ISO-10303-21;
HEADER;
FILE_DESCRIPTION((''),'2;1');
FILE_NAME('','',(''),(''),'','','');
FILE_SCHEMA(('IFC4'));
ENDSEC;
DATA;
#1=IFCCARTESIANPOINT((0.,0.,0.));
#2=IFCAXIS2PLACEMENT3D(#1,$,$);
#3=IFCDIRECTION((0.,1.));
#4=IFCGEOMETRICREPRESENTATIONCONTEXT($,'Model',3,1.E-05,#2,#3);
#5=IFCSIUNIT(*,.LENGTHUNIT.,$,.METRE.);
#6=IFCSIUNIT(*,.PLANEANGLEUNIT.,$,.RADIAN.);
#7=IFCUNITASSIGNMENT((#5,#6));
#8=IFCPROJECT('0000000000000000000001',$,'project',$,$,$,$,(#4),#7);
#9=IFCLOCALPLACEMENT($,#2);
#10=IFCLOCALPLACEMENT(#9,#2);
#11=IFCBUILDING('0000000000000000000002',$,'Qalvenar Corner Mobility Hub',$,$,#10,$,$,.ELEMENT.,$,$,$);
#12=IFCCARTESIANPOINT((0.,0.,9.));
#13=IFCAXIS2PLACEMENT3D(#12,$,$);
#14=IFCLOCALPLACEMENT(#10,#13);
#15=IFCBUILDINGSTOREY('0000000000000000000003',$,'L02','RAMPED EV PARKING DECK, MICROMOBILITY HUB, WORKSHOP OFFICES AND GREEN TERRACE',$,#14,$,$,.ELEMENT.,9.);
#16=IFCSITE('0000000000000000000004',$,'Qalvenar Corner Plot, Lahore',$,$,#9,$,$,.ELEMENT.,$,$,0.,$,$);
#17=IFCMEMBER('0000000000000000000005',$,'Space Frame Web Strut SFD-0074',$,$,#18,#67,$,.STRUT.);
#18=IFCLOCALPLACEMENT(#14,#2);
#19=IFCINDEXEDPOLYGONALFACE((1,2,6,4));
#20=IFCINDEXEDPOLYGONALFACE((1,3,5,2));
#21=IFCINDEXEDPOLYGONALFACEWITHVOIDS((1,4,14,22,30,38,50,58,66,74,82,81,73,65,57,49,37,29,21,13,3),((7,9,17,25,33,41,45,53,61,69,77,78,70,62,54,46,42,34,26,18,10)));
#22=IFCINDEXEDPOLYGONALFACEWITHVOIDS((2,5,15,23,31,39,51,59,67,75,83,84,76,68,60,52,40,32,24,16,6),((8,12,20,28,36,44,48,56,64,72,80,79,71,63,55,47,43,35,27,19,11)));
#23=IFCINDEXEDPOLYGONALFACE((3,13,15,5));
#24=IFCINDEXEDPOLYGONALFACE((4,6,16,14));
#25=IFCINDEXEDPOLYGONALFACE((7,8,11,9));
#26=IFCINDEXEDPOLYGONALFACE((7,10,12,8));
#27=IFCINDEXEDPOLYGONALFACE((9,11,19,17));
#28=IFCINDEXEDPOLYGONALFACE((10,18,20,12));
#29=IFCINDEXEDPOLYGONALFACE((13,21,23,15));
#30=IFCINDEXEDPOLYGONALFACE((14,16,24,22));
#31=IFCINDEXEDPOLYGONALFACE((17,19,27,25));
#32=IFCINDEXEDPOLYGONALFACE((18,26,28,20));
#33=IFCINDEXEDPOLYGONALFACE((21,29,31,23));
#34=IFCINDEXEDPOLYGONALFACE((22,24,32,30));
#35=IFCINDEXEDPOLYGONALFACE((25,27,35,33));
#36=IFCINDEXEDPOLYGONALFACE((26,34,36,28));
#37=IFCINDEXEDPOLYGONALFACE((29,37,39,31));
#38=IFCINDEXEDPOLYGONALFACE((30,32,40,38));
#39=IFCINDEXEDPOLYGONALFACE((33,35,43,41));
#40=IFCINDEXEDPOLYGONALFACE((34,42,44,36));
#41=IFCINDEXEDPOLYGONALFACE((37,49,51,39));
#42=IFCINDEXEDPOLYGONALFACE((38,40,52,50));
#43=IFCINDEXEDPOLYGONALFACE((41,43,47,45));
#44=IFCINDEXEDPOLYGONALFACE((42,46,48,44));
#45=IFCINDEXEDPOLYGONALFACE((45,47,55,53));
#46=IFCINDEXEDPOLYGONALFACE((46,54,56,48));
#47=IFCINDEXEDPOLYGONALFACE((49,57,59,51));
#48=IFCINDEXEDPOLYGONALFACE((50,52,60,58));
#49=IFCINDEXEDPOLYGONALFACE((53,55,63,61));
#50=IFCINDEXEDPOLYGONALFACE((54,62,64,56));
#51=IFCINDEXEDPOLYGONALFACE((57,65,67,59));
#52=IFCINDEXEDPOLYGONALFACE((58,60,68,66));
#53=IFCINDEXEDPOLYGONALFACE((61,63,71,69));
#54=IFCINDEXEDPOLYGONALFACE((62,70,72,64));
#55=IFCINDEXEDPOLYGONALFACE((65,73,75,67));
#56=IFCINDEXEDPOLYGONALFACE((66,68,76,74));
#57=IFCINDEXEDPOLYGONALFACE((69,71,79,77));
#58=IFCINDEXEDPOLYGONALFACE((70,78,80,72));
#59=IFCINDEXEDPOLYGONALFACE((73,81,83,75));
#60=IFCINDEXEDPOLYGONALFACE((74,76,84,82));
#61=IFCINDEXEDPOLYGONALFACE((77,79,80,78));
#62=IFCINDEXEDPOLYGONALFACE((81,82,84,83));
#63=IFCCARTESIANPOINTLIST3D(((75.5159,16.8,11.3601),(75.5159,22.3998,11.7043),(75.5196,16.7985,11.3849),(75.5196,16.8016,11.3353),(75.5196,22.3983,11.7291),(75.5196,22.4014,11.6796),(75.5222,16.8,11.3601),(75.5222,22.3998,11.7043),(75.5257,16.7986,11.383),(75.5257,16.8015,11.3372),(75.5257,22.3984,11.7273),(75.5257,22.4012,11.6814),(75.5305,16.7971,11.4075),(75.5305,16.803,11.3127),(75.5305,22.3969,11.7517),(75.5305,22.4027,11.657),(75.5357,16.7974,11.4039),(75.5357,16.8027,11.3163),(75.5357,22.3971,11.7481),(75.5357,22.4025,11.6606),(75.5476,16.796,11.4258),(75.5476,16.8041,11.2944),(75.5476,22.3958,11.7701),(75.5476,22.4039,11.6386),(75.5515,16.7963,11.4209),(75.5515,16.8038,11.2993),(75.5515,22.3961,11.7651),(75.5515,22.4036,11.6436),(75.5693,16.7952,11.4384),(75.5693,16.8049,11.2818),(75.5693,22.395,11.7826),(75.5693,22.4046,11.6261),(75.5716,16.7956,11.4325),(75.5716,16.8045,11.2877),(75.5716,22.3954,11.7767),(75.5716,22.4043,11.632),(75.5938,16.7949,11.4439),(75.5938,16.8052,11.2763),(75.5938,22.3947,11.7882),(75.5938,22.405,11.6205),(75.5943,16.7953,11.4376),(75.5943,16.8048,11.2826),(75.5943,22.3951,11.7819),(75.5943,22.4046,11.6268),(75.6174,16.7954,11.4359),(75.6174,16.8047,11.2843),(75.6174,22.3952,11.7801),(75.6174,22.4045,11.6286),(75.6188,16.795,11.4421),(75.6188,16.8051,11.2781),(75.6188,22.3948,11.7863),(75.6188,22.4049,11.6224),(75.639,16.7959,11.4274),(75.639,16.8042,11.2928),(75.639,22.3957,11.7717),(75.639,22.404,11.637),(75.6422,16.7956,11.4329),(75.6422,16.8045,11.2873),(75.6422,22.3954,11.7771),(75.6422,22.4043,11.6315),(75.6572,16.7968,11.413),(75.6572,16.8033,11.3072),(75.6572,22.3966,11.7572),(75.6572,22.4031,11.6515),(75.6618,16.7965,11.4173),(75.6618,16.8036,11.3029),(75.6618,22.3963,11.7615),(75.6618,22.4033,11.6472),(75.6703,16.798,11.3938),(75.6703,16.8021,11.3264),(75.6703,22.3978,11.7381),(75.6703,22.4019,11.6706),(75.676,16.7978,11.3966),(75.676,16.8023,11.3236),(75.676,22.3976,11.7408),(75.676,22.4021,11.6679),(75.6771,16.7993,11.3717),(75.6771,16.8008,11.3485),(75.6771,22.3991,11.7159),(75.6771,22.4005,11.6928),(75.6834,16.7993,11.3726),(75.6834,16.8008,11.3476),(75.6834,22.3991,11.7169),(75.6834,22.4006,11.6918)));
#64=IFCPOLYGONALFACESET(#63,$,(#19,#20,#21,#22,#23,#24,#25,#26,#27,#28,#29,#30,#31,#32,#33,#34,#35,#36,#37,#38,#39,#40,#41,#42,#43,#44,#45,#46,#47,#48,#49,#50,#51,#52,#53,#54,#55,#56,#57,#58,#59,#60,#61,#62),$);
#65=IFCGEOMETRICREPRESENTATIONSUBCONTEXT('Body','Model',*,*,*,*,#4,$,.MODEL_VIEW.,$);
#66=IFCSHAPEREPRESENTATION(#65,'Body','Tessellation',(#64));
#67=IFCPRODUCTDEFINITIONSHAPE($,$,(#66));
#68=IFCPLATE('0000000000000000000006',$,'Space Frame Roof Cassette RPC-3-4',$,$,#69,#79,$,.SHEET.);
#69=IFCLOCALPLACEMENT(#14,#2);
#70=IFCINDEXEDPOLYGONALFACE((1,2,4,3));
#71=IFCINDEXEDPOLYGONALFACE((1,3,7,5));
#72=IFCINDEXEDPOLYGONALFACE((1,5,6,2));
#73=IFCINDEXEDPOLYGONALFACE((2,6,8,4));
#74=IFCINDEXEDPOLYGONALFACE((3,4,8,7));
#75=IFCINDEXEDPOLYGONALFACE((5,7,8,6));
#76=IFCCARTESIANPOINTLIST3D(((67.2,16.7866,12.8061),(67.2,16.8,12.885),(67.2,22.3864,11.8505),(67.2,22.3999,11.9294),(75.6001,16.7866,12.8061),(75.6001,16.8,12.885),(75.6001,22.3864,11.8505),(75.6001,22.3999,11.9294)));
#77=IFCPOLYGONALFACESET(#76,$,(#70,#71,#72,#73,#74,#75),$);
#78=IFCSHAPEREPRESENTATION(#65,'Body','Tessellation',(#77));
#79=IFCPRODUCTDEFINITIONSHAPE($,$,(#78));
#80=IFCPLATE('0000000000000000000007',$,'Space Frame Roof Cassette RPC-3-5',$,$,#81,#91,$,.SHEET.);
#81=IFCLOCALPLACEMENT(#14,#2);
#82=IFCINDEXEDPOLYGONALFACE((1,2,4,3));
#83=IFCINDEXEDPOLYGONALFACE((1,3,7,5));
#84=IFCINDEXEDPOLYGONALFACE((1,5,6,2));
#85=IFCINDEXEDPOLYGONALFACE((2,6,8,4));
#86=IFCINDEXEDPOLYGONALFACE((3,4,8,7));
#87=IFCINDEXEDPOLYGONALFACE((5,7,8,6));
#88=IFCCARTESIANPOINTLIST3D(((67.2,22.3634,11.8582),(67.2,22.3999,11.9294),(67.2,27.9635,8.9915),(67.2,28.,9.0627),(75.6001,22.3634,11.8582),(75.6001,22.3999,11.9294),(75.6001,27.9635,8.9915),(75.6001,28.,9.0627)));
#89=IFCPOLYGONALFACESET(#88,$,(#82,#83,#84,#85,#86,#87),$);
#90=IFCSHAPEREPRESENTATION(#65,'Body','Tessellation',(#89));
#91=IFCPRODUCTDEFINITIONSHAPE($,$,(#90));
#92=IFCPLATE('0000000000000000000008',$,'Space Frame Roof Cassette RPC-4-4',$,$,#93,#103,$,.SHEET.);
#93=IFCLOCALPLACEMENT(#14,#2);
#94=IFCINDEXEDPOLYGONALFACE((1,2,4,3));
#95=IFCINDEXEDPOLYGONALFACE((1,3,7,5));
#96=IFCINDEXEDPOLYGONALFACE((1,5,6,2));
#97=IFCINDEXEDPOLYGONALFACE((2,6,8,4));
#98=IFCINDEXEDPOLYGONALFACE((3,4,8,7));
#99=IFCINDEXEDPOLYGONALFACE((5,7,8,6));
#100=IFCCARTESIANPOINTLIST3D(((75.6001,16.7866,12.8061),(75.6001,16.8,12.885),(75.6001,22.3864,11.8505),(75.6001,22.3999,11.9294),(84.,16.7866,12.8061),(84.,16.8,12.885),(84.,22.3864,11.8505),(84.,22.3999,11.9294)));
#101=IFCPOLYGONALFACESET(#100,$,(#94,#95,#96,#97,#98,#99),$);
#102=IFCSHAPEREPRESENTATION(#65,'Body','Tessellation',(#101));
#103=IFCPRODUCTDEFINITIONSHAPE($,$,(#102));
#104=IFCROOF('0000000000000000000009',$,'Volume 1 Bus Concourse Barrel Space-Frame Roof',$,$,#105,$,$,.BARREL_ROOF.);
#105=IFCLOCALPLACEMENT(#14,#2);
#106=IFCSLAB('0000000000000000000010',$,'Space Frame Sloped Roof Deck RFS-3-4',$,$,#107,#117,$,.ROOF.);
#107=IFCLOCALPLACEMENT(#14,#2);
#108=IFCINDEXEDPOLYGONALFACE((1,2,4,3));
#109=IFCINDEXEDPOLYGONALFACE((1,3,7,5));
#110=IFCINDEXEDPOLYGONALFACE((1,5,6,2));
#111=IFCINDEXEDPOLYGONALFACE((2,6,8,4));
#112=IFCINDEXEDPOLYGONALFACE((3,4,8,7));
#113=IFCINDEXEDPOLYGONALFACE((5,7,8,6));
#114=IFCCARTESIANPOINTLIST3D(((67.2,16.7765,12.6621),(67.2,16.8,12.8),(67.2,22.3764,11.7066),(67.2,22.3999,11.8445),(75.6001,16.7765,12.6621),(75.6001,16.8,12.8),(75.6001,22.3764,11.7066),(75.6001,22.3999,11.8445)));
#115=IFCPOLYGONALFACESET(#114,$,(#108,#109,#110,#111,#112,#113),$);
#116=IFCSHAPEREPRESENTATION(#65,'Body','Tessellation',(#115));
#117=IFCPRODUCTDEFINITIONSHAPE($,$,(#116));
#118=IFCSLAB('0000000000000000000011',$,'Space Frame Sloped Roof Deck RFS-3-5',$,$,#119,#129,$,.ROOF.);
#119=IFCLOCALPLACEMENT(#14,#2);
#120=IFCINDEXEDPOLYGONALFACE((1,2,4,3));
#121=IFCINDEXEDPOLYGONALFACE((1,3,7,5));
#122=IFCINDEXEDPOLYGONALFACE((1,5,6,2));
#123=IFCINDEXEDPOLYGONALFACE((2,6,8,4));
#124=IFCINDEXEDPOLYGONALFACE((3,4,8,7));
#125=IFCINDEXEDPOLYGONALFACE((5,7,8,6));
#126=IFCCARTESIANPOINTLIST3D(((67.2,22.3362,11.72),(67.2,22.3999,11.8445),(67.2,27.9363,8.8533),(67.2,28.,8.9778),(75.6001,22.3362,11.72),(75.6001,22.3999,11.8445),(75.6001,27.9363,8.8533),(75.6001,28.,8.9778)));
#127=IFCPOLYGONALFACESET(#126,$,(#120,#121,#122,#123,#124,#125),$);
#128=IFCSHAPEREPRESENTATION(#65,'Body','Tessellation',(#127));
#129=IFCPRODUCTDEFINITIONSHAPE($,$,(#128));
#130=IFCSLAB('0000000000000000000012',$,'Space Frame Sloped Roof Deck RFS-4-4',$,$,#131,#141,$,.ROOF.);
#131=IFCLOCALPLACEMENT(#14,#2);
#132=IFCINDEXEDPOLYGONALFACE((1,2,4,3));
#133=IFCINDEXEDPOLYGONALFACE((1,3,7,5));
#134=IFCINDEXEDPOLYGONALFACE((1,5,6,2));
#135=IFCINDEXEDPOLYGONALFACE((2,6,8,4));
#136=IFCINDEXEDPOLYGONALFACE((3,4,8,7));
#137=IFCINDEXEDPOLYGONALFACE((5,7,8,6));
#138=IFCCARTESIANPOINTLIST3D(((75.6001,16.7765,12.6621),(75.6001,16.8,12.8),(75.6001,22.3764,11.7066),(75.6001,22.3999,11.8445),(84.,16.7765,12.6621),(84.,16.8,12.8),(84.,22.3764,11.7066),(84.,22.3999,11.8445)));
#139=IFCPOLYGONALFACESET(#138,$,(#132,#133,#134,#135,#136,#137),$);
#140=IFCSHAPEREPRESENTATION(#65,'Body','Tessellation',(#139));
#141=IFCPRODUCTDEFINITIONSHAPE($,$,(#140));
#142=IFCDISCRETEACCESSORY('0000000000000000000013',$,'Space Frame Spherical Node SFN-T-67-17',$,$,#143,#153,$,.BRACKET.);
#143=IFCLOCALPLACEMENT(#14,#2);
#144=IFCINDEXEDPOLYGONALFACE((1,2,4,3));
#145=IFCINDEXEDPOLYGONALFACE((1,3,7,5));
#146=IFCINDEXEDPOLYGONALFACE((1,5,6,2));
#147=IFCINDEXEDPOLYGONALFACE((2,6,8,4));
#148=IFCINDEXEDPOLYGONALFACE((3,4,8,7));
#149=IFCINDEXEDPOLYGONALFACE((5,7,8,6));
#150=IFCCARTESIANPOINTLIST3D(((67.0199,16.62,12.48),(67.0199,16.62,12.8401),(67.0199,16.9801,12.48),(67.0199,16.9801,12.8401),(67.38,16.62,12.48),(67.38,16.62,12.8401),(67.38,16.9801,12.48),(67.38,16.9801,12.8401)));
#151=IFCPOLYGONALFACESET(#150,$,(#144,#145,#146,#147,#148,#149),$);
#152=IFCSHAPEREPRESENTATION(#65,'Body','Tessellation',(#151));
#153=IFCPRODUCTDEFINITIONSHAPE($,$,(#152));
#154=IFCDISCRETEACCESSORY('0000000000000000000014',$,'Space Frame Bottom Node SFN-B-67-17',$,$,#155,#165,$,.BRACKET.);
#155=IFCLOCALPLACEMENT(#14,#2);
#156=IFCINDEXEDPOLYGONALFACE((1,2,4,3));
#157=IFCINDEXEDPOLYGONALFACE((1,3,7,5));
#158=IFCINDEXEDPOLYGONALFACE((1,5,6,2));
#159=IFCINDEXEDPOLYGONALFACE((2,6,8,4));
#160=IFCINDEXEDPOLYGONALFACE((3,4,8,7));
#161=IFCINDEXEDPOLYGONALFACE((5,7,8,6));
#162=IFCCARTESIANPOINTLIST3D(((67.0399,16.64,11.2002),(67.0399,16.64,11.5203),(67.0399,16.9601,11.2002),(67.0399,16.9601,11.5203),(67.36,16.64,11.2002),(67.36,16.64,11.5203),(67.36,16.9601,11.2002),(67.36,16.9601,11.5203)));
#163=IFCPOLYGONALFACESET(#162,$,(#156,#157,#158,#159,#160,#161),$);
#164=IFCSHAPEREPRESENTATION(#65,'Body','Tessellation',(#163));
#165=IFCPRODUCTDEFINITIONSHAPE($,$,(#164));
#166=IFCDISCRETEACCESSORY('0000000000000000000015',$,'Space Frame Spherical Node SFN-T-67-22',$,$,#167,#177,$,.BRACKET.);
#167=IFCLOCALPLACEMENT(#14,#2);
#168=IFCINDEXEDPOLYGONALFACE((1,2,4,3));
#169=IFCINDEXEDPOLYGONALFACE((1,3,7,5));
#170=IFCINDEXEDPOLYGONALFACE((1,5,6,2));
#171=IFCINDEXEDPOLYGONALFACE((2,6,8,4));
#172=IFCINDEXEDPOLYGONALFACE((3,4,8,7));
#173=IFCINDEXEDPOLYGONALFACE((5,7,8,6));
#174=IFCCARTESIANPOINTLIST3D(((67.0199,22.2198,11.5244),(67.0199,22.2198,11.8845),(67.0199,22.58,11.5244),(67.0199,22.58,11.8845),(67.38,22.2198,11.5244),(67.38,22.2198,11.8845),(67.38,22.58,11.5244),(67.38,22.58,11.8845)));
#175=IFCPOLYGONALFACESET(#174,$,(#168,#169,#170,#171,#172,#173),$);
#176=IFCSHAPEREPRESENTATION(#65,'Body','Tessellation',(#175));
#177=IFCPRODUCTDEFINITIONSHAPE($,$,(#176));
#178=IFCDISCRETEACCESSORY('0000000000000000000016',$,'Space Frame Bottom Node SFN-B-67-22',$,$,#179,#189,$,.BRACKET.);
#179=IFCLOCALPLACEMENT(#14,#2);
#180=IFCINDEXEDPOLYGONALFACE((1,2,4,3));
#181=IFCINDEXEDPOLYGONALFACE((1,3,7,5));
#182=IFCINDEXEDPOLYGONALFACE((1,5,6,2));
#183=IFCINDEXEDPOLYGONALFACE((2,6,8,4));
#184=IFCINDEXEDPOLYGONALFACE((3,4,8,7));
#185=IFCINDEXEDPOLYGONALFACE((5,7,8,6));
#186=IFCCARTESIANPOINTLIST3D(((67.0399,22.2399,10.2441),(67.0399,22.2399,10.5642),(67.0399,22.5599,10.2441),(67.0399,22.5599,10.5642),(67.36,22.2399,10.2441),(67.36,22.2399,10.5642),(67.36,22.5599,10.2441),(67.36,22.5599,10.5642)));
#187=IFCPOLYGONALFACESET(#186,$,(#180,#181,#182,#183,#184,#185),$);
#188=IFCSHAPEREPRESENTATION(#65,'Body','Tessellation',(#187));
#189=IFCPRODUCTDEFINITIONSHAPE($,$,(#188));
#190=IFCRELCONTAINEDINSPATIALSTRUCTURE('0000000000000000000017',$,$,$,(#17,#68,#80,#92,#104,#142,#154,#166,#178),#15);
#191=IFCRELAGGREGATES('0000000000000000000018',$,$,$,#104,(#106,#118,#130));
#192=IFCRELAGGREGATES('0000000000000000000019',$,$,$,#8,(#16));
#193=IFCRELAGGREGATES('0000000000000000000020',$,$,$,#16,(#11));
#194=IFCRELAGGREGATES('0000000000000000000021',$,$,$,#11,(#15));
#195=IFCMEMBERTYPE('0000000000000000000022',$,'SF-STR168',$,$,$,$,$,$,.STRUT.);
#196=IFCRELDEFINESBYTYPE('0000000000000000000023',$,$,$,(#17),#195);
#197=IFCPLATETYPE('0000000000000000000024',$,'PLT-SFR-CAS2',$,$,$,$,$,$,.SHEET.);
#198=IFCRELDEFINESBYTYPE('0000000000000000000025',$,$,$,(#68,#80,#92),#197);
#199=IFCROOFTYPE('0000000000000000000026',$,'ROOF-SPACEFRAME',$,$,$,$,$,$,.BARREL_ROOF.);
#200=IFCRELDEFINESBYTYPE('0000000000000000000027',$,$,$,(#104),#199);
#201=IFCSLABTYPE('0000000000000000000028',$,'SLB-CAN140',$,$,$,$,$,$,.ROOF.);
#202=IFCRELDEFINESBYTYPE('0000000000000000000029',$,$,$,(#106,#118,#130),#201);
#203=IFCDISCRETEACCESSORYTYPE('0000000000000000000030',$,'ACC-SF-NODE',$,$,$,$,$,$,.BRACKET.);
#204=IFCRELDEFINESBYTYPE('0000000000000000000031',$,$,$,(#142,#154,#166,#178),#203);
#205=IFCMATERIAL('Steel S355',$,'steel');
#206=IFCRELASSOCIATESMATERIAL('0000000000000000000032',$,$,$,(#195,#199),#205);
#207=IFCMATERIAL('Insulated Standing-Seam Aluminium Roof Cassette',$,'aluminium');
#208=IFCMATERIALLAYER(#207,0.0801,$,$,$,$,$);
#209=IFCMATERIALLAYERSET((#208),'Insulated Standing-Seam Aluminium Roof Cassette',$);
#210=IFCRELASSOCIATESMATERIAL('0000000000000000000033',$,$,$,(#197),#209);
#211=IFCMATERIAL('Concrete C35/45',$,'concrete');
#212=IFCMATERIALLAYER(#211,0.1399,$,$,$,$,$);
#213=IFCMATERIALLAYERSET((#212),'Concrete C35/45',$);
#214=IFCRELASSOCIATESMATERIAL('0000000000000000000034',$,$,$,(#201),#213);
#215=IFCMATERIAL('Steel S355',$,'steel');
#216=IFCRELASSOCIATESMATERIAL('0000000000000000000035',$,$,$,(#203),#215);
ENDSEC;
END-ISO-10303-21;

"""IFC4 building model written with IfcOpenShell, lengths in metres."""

from ifc_helpers import new_model, si_unit, direction, frame, origin, origin_2d, place, context, subcontext, project, spatial, polyline, rectangle, hollow_circle, outline, extrude, material, layer, layer_set, material_profile, profile_set, type_object, element, aggregate, save


model = new_model("IFC4")

# Units and contexts
model_context = context("Model", 3, precision=1e-05, world=origin(), true_north=direction((0.0, 1.0)))
body_context = subcontext(model_context, "Body", "Model", "MODEL_VIEW")
ifc_project = project(units=[si_unit("LENGTHUNIT", "METRE"), si_unit("PLANEANGLEUNIT", "RADIAN")], contexts=[model_context])

# Site, building, storey
site_placement = place(None, origin())
site = spatial("IfcSite", under=ifc_project, at=site_placement, Name="Qalvenar Corner Plot, Lahore", CompositionType="ELEMENT", RefElevation=0.0)
building_placement = place(site_placement, origin())
building = spatial("IfcBuilding", under=site, at=building_placement, Name="Qalvenar Corner Mobility Hub", CompositionType="ELEMENT")
storey_placement = place(building_placement, frame((0.0, 0.0, 9.0)))
storey = spatial("IfcBuildingStorey", under=building, at=storey_placement, Name="L02", Description="RAMPED EV PARKING DECK, MICROMOBILITY HUB, WORKSHOP OFFICES AND GREEN TERRACE", CompositionType="ELEMENT", Elevation=9.0)

# Member
ifc_material_1 = material(Name="Steel S355", Category="steel")
ifc_material_profile_1 = material_profile(ifc_material_1, hollow_circle(Radius=0.0842, WallThickness=0.0063, at=origin_2d()), Name="CHS168.3x6.3")
ifc_profile_set_1 = profile_set([ifc_material_profile_1], Name="Steel S355")
member_type_1 = type_object("IfcMemberType", Name="SF-STR168", PredefinedType="STRUT", material=ifc_profile_set_1)
member_1_placement = place(storey_placement, frame((75.6001, 16.8, 11.3601), z_axis=(0.0, 0.998116, 0.061357), x_axis=(-1.0, 0.0, 0.0)))
element("IfcMember", 1, at=member_1_placement, inside=storey, type_object=member_type_1, Name="Space Frame Web Strut SFD-0074", PredefinedType="STRUT", context=body_context, shape_type="SweptSolid", body=[
    extrude(hollow_circle(Radius=0.0842, WallThickness=0.0063, at=origin_2d()), origin(), (0.0, 0.0, 1.0), 5.6104),
])

# Plates
ifc_material_2 = material(Name="Insulated Standing-Seam Aluminium Roof Cassette", Category="aluminium")
ifc_layer_1 = layer(ifc_material_2, 0.0801)
ifc_layer_set_1 = layer_set([ifc_layer_1], Name="Insulated Standing-Seam Aluminium Roof Cassette")
plate_type = type_object("IfcPlateType", Name="PLT-SFR-CAS2", PredefinedType="SHEET", material=ifc_layer_set_1)
plate_1_placement = place(storey_placement, frame((67.2, 16.8, 12.885), z_axis=(0.0, 0.16821, 0.985751), x_axis=(1.0, 0.0, 0.0)))
element("IfcPlate", 2, at=plate_1_placement, inside=storey, type_object=plate_type, Name="Space Frame Roof Cassette RPC-3-4", PredefinedType="SHEET", context=body_context, shape_type="SweptSolid", body=[
    extrude(outline(polyline([(0.0, 0.0), (8.4001, 0.0), (8.4001, 5.6808), (0.0, 5.6808), (0.0, 0.0)])), origin(), (0.0, 0.0, -1.0), 0.0801),
])
plate_2_placement = place(storey_placement, frame((67.2, 22.3999, 11.9294), z_axis=(0.0, 0.455669, 0.890149), x_axis=(1.0, 0.0, 0.0)))
element("IfcPlate", 3, at=plate_2_placement, inside=storey, type_object=plate_type, Name="Space Frame Roof Cassette RPC-3-5", PredefinedType="SHEET", context=body_context, shape_type="SweptSolid", body=[
    extrude(outline(polyline([(0.0, 0.0), (8.4001, 0.0), (8.4001, 6.2912), (0.0, 6.2912), (0.0, 0.0)])), origin(), (0.0, 0.0, -1.0), 0.0801),
])
plate_3_placement = place(storey_placement, frame((75.6001, 16.8, 12.885), z_axis=(0.0, 0.16821, 0.985751), x_axis=(1.0, 0.0, 0.0)))
element("IfcPlate", 4, at=plate_3_placement, inside=storey, type_object=plate_type, Name="Space Frame Roof Cassette RPC-4-4", PredefinedType="SHEET", context=body_context, shape_type="SweptSolid", body=[
    extrude(outline(polyline([(0.0, 0.0), (8.3999, 0.0), (8.3999, 5.6808), (0.0, 5.6808), (0.0, 0.0)])), origin(), (0.0, 0.0, -1.0), 0.0801),
])

# Roof, slabs
roof_type = type_object("IfcRoofType", Name="ROOF-SPACEFRAME", PredefinedType="BARREL_ROOF", material=ifc_material_1)
roof_placement = place(storey_placement, origin())
roof = element("IfcRoof", 5, at=roof_placement, inside=storey, type_object=roof_type, Name="Volume 1 Bus Concourse Barrel Space-Frame Roof", PredefinedType="BARREL_ROOF")
ifc_material_3 = material(Name="Concrete C35/45", Category="concrete")
ifc_layer_2 = layer(ifc_material_3, 0.1399)
ifc_layer_set_2 = layer_set([ifc_layer_2], Name="Concrete C35/45")
slab_type = type_object("IfcSlabType", Name="SLB-CAN140", PredefinedType="ROOF", material=ifc_layer_set_2)
slab_1_placement = place(storey_placement, frame((67.2, 16.8, 12.8), z_axis=(0.0, 0.16821, 0.985751), x_axis=(1.0, 0.0, 0.0)))
slab_1 = element("IfcSlab", 6, at=slab_1_placement, type_object=slab_type, Name="Space Frame Sloped Roof Deck RFS-3-4", PredefinedType="ROOF", context=body_context, shape_type="SweptSolid", body=[
    extrude(outline(polyline([(0.0, 0.0), (8.4001, 0.0), (8.4001, 5.6808), (0.0, 5.6808), (0.0, 0.0)])), origin(), (0.0, 0.0, -1.0), 0.1399),
])
slab_2_placement = place(storey_placement, frame((67.2, 22.3999, 11.8445), z_axis=(0.0, 0.455669, 0.890149), x_axis=(1.0, 0.0, 0.0)))
slab_2 = element("IfcSlab", 7, at=slab_2_placement, type_object=slab_type, Name="Space Frame Sloped Roof Deck RFS-3-5", PredefinedType="ROOF", context=body_context, shape_type="SweptSolid", body=[
    extrude(outline(polyline([(0.0, 0.0), (8.4001, 0.0), (8.4001, 6.2912), (0.0, 6.2912), (0.0, 0.0)])), origin(), (0.0, 0.0, -1.0), 0.1399),
])
slab_3_placement = place(storey_placement, frame((75.6001, 16.8, 12.8), z_axis=(0.0, 0.16821, 0.985751), x_axis=(1.0, 0.0, 0.0)))
slab_3 = element("IfcSlab", 8, at=slab_3_placement, type_object=slab_type, Name="Space Frame Sloped Roof Deck RFS-4-4", PredefinedType="ROOF", context=body_context, shape_type="SweptSolid", body=[
    extrude(outline(polyline([(0.0, 0.0), (8.3999, 0.0), (8.3999, 5.6808), (0.0, 5.6808), (0.0, 0.0)])), origin(), (0.0, 0.0, -1.0), 0.1399),
])
aggregate(roof, [slab_1, slab_2, slab_3])

# Discrete accessories
ifc_material_4 = material(Name="Steel S355", Category="steel")
discrete_accessory_type = type_object("IfcDiscreteAccessoryType", Name="ACC-SF-NODE", PredefinedType="BRACKET", material=ifc_material_4)
discrete_accessory_1_placement = place(storey_placement, frame((67.2, 16.8, 12.48), z_axis=(0.0, 0.0, 1.0), x_axis=(1.0, 0.0, 0.0)))
element("IfcDiscreteAccessory", 9, at=discrete_accessory_1_placement, inside=storey, type_object=discrete_accessory_type, Name="Space Frame Spherical Node SFN-T-67-17", PredefinedType="BRACKET", context=body_context, shape_type="SweptSolid", body=[
    extrude(rectangle(XDim=0.3601, YDim=0.3601, at=origin_2d()), origin(), (0.0, 0.0, 1.0), 0.3601),
])
discrete_accessory_2_placement = place(storey_placement, frame((67.2, 16.8, 11.2002), z_axis=(0.0, 0.0, 1.0), x_axis=(1.0, 0.0, 0.0)))
element("IfcDiscreteAccessory", 10, at=discrete_accessory_2_placement, inside=storey, type_object=discrete_accessory_type, Name="Space Frame Bottom Node SFN-B-67-17", PredefinedType="BRACKET", context=body_context, shape_type="SweptSolid", body=[
    extrude(rectangle(XDim=0.3201, YDim=0.3201, at=origin_2d()), origin(), (0.0, 0.0, 1.0), 0.3201),
])
discrete_accessory_3_placement = place(storey_placement, frame((67.2, 22.3999, 11.5244), z_axis=(0.0, 0.0, 1.0), x_axis=(1.0, 0.0, 0.0)))
element("IfcDiscreteAccessory", 11, at=discrete_accessory_3_placement, inside=storey, type_object=discrete_accessory_type, Name="Space Frame Spherical Node SFN-T-67-22", PredefinedType="BRACKET", context=body_context, shape_type="SweptSolid", body=[
    extrude(rectangle(XDim=0.3601, YDim=0.3601, at=origin_2d()), origin(), (0.0, 0.0, 1.0), 0.3601),
])
discrete_accessory_4_placement = place(storey_placement, frame((67.2, 22.3999, 10.2441), z_axis=(0.0, 0.0, 1.0), x_axis=(1.0, 0.0, 0.0)))
element("IfcDiscreteAccessory", 12, at=discrete_accessory_4_placement, inside=storey, type_object=discrete_accessory_type, Name="Space Frame Bottom Node SFN-B-67-22", PredefinedType="BRACKET", context=body_context, shape_type="SweptSolid", body=[
    extrude(rectangle(XDim=0.3201, YDim=0.3201, at=origin_2d()), origin(), (0.0, 0.0, 1.0), 0.3201),
])

save(model, "model.ifc")
